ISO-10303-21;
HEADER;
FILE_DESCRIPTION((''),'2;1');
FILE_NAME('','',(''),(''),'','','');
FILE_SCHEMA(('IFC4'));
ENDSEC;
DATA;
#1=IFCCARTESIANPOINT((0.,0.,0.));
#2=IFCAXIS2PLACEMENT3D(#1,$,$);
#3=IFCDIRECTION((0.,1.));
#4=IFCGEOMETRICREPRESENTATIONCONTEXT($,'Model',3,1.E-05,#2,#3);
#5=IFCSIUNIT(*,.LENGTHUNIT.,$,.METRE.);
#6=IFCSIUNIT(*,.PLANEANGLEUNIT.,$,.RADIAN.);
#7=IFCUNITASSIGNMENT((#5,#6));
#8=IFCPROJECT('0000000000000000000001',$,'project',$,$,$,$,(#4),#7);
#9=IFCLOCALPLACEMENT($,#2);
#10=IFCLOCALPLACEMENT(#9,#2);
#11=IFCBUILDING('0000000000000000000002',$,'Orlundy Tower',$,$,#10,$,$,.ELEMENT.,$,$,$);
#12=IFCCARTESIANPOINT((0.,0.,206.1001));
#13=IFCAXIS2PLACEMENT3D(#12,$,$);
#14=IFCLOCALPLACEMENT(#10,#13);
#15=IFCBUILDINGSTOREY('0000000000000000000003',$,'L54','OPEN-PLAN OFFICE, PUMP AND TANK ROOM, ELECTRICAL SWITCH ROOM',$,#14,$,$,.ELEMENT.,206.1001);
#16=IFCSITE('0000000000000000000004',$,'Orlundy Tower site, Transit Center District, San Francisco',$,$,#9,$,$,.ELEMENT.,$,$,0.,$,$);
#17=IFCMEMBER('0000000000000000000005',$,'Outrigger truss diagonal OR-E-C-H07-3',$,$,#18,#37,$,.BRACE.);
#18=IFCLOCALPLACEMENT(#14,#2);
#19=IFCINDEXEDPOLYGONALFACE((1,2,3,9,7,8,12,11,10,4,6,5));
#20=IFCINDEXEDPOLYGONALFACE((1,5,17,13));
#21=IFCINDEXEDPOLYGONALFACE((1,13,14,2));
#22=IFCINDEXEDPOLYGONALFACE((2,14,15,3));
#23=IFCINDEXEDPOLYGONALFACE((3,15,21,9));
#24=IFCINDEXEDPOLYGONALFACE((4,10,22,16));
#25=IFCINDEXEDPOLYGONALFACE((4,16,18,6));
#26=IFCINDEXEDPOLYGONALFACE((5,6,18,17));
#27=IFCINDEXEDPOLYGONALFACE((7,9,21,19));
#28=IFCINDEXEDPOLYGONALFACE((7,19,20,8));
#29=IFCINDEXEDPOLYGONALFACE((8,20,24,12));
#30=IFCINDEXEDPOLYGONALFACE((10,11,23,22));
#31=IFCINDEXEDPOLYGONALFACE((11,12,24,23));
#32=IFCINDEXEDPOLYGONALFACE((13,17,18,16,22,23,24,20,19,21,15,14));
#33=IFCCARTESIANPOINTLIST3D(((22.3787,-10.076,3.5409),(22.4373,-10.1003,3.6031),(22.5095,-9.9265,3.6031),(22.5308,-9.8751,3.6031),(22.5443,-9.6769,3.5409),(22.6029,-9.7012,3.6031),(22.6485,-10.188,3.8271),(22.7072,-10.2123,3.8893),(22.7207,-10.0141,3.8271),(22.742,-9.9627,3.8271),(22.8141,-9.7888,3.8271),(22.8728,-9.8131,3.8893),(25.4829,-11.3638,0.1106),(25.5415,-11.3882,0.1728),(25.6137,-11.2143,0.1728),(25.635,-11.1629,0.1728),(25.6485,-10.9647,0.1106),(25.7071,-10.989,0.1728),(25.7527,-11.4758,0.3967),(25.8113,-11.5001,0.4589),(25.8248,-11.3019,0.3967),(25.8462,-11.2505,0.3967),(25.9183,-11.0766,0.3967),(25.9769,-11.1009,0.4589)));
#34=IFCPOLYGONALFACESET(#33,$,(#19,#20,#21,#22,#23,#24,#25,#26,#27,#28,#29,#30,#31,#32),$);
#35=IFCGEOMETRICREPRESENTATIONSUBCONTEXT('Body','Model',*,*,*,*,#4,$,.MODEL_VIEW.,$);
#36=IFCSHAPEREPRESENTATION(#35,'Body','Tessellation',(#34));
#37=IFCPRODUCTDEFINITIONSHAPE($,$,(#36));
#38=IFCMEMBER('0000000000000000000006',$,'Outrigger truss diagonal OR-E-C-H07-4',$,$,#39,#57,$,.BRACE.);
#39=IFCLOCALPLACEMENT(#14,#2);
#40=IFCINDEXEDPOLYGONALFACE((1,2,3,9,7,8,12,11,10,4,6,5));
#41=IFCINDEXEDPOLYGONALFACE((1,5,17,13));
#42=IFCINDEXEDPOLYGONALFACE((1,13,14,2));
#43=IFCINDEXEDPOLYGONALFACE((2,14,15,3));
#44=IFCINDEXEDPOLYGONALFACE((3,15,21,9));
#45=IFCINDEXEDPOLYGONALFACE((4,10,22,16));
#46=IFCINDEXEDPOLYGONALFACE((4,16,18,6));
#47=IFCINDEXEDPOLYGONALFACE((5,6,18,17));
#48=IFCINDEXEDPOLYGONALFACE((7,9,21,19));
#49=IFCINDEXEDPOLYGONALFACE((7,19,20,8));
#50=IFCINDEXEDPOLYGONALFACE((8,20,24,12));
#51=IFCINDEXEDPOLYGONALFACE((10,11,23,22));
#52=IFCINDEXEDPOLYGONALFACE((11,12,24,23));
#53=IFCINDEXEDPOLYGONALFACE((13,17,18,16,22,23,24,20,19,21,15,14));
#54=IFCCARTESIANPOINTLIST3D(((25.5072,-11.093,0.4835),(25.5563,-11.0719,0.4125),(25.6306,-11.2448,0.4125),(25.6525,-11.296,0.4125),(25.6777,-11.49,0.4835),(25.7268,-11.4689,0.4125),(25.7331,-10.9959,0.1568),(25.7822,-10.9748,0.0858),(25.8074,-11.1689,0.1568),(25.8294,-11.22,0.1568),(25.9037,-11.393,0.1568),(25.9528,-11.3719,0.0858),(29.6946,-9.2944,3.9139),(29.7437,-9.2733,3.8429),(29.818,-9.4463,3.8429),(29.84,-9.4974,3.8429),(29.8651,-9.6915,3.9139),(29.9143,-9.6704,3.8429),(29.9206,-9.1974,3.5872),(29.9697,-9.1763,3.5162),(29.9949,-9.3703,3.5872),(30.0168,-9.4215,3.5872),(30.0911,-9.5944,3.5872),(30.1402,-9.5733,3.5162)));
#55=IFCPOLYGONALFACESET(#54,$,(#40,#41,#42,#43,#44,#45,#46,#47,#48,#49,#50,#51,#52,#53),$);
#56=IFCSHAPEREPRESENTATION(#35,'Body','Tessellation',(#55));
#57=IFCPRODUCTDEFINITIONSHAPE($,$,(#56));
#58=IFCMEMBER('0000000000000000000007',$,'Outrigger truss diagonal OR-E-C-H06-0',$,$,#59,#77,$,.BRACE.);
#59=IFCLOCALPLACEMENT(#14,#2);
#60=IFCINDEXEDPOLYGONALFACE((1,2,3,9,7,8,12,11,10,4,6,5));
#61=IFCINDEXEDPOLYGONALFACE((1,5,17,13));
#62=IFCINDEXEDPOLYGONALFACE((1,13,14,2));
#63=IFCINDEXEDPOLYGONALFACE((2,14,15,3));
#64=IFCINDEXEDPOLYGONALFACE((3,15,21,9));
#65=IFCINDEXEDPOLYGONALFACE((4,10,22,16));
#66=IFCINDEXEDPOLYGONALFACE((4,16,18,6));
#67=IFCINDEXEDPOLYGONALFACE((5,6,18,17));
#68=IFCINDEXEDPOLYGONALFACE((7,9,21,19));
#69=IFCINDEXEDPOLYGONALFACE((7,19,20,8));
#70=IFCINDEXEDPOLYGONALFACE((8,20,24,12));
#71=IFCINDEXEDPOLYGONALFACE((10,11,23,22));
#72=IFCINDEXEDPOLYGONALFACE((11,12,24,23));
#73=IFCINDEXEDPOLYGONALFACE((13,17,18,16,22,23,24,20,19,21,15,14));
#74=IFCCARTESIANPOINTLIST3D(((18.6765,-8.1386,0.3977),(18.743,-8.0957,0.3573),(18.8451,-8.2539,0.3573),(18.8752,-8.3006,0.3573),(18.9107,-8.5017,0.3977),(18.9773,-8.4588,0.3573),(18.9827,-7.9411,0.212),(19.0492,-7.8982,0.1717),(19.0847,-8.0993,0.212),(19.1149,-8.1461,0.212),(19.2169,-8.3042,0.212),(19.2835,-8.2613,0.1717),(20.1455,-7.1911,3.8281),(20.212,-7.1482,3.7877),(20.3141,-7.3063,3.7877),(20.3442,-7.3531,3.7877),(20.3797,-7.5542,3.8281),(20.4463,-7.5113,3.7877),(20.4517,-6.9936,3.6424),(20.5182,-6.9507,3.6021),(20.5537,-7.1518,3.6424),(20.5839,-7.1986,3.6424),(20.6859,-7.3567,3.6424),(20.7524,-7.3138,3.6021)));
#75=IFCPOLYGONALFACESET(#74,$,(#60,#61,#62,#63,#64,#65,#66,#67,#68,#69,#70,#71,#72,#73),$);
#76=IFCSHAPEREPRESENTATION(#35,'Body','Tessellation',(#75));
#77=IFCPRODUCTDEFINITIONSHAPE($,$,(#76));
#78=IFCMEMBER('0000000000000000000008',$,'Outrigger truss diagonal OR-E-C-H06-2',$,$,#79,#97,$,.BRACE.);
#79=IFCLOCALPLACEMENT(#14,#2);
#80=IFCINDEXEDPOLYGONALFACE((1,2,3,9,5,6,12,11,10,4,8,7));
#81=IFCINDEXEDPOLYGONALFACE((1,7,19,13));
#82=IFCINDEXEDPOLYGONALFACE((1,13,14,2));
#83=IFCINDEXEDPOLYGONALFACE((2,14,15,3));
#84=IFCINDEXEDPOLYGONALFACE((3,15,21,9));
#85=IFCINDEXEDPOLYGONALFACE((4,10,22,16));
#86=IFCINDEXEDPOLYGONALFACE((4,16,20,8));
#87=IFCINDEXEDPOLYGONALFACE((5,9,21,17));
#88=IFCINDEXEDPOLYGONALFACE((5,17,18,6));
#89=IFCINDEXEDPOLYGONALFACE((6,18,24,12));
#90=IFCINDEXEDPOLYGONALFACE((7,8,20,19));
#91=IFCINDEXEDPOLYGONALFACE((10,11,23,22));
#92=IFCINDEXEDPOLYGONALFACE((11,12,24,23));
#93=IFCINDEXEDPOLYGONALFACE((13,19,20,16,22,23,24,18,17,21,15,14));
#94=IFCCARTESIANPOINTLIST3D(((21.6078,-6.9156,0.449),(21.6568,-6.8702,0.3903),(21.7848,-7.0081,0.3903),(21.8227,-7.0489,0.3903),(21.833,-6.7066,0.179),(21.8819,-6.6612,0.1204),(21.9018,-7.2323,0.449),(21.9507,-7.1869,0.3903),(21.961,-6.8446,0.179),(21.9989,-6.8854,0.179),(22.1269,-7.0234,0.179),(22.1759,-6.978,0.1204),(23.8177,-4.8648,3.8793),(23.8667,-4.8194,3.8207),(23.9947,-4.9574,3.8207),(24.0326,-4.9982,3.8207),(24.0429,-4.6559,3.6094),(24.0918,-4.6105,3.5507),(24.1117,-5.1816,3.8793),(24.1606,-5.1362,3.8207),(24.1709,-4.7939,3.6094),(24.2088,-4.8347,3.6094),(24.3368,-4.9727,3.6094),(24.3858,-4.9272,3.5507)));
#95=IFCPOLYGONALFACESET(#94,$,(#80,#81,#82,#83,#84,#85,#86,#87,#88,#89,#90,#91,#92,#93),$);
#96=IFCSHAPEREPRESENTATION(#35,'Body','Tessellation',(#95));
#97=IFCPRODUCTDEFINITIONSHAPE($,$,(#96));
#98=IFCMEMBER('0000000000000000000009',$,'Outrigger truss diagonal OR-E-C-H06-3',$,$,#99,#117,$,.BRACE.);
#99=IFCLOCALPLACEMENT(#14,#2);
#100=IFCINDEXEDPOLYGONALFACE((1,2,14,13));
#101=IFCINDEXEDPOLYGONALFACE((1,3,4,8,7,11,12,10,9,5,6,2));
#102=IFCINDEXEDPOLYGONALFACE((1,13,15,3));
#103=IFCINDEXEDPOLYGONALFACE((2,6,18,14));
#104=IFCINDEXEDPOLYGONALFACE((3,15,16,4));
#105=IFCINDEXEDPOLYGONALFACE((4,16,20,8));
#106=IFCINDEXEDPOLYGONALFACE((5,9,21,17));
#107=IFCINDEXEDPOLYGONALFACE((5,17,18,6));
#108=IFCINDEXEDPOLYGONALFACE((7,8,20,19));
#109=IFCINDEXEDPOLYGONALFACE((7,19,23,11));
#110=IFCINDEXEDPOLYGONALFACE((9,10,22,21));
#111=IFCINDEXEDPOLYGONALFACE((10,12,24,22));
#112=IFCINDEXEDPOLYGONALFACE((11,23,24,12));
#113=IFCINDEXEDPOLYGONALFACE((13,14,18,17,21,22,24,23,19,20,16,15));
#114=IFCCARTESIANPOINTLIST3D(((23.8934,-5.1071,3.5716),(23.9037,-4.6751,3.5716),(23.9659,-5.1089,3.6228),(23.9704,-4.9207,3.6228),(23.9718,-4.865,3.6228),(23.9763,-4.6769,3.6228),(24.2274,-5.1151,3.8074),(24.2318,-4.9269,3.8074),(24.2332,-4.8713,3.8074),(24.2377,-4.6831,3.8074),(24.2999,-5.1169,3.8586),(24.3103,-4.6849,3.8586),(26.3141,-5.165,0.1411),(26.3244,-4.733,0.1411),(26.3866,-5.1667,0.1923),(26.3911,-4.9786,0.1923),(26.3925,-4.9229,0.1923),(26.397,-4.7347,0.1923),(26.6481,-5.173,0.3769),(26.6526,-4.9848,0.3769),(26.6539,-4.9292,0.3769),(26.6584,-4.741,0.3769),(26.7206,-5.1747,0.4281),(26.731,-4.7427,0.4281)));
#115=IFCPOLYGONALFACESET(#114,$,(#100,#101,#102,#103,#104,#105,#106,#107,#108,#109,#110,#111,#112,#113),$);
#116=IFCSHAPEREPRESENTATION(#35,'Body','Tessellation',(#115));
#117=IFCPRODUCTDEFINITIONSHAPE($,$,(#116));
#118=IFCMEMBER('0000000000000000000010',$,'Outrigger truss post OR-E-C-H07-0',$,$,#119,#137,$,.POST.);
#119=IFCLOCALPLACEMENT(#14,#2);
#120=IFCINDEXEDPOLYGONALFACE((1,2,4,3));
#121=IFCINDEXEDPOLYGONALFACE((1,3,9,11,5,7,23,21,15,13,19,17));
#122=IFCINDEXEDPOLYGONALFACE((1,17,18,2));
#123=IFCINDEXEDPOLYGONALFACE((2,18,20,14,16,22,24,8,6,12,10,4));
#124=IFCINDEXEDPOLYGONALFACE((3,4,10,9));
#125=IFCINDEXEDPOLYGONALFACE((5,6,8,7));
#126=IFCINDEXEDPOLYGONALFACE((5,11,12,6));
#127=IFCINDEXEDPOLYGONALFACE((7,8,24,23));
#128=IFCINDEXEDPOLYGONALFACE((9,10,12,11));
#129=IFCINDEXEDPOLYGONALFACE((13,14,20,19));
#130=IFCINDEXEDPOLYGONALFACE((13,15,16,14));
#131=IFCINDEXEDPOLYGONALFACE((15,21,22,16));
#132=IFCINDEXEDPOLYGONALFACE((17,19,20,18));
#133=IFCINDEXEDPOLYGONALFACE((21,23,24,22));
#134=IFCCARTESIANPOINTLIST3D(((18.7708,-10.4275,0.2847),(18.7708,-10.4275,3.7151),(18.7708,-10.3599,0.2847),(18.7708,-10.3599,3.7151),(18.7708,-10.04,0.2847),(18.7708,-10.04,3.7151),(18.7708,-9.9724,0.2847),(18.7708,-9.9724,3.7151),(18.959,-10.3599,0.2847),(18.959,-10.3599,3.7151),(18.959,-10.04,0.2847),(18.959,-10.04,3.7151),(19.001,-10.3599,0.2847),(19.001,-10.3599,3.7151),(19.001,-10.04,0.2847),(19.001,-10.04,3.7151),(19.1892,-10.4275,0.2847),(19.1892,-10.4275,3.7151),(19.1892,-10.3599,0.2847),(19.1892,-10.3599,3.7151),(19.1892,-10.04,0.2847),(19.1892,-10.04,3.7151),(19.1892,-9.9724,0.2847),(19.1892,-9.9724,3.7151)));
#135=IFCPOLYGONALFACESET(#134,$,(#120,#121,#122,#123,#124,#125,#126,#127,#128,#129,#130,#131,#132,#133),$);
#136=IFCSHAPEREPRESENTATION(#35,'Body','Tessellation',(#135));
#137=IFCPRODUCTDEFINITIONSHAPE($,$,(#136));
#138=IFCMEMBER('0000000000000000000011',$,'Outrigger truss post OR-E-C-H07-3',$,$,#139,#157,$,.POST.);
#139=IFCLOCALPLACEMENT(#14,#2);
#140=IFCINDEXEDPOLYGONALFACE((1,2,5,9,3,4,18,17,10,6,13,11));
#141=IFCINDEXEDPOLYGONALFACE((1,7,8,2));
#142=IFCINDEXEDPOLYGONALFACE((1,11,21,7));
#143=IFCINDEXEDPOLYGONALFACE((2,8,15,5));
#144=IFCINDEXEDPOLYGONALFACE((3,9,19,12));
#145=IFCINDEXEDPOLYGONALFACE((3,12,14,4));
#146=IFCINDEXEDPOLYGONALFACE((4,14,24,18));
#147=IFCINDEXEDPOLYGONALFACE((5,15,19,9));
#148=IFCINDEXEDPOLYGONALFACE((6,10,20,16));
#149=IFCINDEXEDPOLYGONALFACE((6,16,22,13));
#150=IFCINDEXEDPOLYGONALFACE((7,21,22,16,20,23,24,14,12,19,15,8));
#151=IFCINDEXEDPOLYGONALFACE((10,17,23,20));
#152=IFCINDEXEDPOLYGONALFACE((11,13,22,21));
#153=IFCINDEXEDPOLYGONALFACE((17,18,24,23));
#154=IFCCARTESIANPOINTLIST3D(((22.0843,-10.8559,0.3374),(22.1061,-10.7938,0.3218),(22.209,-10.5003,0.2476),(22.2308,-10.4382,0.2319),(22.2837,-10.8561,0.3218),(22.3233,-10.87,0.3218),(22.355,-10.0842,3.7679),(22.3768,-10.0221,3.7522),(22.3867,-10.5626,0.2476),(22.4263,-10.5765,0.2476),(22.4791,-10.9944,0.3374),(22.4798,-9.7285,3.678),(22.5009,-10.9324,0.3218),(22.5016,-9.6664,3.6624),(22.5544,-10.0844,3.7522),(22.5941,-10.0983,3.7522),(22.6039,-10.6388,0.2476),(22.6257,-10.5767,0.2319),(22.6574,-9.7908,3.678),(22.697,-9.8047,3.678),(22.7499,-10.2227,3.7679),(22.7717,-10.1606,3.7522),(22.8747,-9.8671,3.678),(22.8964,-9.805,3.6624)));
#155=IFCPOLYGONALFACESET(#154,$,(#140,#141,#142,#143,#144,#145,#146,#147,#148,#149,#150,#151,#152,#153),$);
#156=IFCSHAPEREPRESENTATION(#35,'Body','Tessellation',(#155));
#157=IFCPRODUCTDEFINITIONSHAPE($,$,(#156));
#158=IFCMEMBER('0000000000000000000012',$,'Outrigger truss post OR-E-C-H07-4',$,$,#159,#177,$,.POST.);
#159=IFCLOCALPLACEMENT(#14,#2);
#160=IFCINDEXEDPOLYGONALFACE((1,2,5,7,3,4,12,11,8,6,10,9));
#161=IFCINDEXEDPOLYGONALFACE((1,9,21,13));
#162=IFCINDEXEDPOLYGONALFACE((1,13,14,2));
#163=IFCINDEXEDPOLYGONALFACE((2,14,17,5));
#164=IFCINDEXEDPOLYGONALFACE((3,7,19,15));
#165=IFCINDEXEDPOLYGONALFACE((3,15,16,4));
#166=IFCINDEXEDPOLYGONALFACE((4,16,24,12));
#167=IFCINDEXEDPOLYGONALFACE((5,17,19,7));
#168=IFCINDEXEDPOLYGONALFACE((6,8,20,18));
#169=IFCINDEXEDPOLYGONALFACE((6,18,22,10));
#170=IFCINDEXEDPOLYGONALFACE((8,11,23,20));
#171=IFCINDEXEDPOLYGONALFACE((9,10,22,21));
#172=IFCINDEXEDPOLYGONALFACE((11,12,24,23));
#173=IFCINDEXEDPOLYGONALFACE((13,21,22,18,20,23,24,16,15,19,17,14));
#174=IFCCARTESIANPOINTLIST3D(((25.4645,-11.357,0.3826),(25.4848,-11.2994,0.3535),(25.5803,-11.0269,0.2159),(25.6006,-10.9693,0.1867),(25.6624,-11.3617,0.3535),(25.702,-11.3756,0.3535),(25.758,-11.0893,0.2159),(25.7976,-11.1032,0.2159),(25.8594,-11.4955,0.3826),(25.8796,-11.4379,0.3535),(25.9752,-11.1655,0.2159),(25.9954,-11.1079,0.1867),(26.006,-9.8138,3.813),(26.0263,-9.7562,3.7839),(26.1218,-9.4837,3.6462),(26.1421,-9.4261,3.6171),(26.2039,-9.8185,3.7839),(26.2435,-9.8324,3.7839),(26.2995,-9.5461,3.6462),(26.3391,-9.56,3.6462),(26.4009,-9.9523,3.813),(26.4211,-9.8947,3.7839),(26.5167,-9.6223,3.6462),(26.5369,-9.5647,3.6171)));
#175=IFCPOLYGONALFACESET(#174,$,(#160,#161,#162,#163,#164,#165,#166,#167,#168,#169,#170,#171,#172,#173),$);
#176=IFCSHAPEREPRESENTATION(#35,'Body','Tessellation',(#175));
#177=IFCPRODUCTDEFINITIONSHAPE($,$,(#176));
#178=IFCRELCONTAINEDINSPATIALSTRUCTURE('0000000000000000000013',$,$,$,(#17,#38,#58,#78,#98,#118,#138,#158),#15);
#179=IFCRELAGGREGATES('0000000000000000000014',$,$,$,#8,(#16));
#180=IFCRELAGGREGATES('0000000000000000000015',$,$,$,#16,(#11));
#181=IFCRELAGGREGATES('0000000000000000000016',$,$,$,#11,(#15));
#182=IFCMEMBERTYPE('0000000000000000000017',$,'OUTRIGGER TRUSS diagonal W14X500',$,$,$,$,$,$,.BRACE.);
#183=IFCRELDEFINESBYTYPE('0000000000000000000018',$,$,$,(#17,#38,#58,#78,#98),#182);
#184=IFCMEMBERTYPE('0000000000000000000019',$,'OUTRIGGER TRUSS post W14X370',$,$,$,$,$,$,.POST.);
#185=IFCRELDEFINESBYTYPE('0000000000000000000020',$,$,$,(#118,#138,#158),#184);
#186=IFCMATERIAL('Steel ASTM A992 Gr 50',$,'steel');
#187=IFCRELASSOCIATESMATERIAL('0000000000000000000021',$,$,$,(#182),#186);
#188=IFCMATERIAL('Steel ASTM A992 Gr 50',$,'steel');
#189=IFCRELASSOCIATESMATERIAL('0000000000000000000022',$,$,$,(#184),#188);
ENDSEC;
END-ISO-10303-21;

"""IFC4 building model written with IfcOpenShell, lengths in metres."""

from ifc_helpers import new_model, si_unit, direction, frame, origin, origin_2d, place, context, subcontext, project, spatial, i_section, extrude, material, material_profile, profile_set, type_object, element, save


model = new_model("IFC4")

# Units and contexts
model_context = context("Model", 3, precision=1e-05, world=origin(), true_north=direction((0.0, 1.0)))
body_context = subcontext(model_context, "Body", "Model", "MODEL_VIEW")
ifc_project = project(units=[si_unit("LENGTHUNIT", "METRE"), si_unit("PLANEANGLEUNIT", "RADIAN")], contexts=[model_context])

# Site, building, storey
site_placement = place(None, origin())
site = spatial("IfcSite", under=ifc_project, at=site_placement, Name="Orlundy Tower site, Transit Center District, San Francisco", CompositionType="ELEMENT", RefElevation=0.0)
building_placement = place(site_placement, origin())
building = spatial("IfcBuilding", under=site, at=building_placement, Name="Orlundy Tower", CompositionType="ELEMENT")
storey_placement = place(building_placement, frame((0.0, 0.0, 206.1001)))
storey = spatial("IfcBuildingStorey", under=building, at=storey_placement, Name="L54", Description="OPEN-PLAN OFFICE, PUMP AND TANK ROOM, ELECTRICAL SWITCH ROOM", CompositionType="ELEMENT", Elevation=206.1001)

# Members
ifc_material_1 = material(Name="Steel ASTM A992 Gr 50", Category="steel")
ifc_material_profile_1 = material_profile(ifc_material_1, i_section(OverallWidth=0.4321, OverallDepth=0.4978, WebThickness=0.0557, FlangeThickness=0.0889, at=origin_2d()), Name="W14X500")
ifc_profile_set_1 = profile_set([ifc_material_profile_1], Name="Steel ASTM A992 Gr 50")
member_type_1 = type_object("IfcMemberType", Name="OUTRIGGER TRUSS diagonal W14X500", PredefinedType="BRACE", material=ifc_profile_set_1)
member_1_placement = place(storey_placement, frame((22.6257, -9.9446, 3.7151), z_axis=(0.6464, -0.268168, -0.714319), x_axis=(0.383196, 0.923667, 0.0)))
element("IfcMember", 1, at=member_1_placement, inside=storey, type_object=member_type_1, Name="Outrigger truss diagonal OR-E-C-H07-3", PredefinedType="BRACE", context=body_context, shape_type="SweptSolid", body=[
    extrude(i_section(OverallWidth=0.4321, OverallDepth=0.4978, WebThickness=0.0557, FlangeThickness=0.0889, at=origin_2d()), origin(), (0.0, 0.0, 1.0), 4.8022),
])
member_2_placement = place(storey_placement, frame((25.73, -11.2324, 0.2847), z_axis=(0.734109, 0.315309, 0.601385), x_axis=(-0.39465, 0.918832, 0.0)))
element("IfcMember", 2, at=member_2_placement, inside=storey, type_object=member_type_1, Name="Outrigger truss diagonal OR-E-C-H07-4", PredefinedType="BRACE", context=body_context, shape_type="SweptSolid", body=[
    extrude(i_section(OverallWidth=0.4321, OverallDepth=0.4978, WebThickness=0.0557, FlangeThickness=0.0889, at=origin_2d()), origin(), (0.0, 0.0, 1.0), 5.7041),
])
member_3_placement = place(storey_placement, frame((18.98, -8.2, 0.2847), z_axis=(0.381544, 0.246098, 0.890988), x_axis=(-0.542035, 0.840356, 0.0)))
element("IfcMember", 3, at=member_3_placement, inside=storey, type_object=member_type_1, Name="Outrigger truss diagonal OR-E-C-H06-0", PredefinedType="BRACE", context=body_context, shape_type="SweptSolid", body=[
    extrude(i_section(OverallWidth=0.4321, OverallDepth=0.4978, WebThickness=0.0557, FlangeThickness=0.0889, at=origin_2d()), origin(), (0.0, 0.0, 1.0), 3.8501),
])
member_4_placement = place(storey_placement, frame((21.8918, -6.9468, 0.2847), z_axis=(0.483899, 0.449044, 0.751133), x_axis=(-0.680215, 0.733013, 0.0)))
element("IfcMember", 4, at=member_4_placement, inside=storey, type_object=member_type_1, Name="Outrigger truss diagonal OR-E-C-H06-2", PredefinedType="BRACE", context=body_context, shape_type="SweptSolid", body=[
    extrude(i_section(OverallWidth=0.4321, OverallDepth=0.4978, WebThickness=0.0557, FlangeThickness=0.0889, at=origin_2d()), origin(), (0.0, 0.0, 1.0), 4.5669),
])
member_5_placement = place(storey_placement, frame((24.1018, -4.896, 3.7151), z_axis=(0.576498, -0.01378, -0.816982), x_axis=(0.023896, 0.999714, 0.0)))
element("IfcMember", 5, at=member_5_placement, inside=storey, type_object=member_type_1, Name="Outrigger truss diagonal OR-E-C-H06-3", PredefinedType="BRACE", context=body_context, shape_type="SweptSolid", body=[
    extrude(i_section(OverallWidth=0.4321, OverallDepth=0.4978, WebThickness=0.0557, FlangeThickness=0.0889, at=origin_2d()), origin(), (0.0, 0.0, 1.0), 4.199),
])
ifc_material_2 = material(Name="Steel ASTM A992 Gr 50", Category="steel")
ifc_material_profile_2 = material_profile(ifc_material_2, i_section(OverallWidth=0.4185, OverallDepth=0.4551, WebThickness=0.042, FlangeThickness=0.0676, at=origin_2d()), Name="W14X370")
ifc_profile_set_2 = profile_set([ifc_material_profile_2], Name="Steel ASTM A992 Gr 50")
member_type_2 = type_object("IfcMemberType", Name="OUTRIGGER TRUSS post W14X370", PredefinedType="POST", material=ifc_profile_set_2)
member_6_placement = place(storey_placement, frame((18.98, -10.2, 0.2847), z_axis=(0.0, 0.0, 1.0), x_axis=(1.0, 0.0, 0.0)))
element("IfcMember", 6, at=member_6_placement, inside=storey, type_object=member_type_2, Name="Outrigger truss post OR-E-C-H07-0", PredefinedType="POST", context=body_context, shape_type="SweptSolid", body=[
    extrude(i_section(OverallWidth=0.4185, OverallDepth=0.4551, WebThickness=0.042, FlangeThickness=0.0676, at=origin_2d()), origin(), (0.0, 0.0, 1.0), 3.4304),
])
member_7_placement = place(storey_placement, frame((22.355, -10.7163, 0.2847), z_axis=(0.076775, 0.218833, 0.972737), x_axis=(-0.943611, 0.331055, 0.0)))
element("IfcMember", 7, at=member_7_placement, inside=storey, type_object=member_type_2, Name="Outrigger truss post OR-E-C-H07-3", PredefinedType="POST", context=body_context, shape_type="SweptSolid", body=[
    extrude(i_section(OverallWidth=0.4185, OverallDepth=0.4551, WebThickness=0.042, FlangeThickness=0.0676, at=origin_2d()), origin(), (0.0, 0.0, 1.0), 3.5266),
])
member_8_placement = place(storey_placement, frame((25.73, -11.2324, 0.2847), z_axis=(0.142489, 0.406073, 0.902664), x_axis=(-0.943595, 0.331102, 0.0)))
element("IfcMember", 8, at=member_8_placement, inside=storey, type_object=member_type_2, Name="Outrigger truss post OR-E-C-H07-4", PredefinedType="POST", context=body_context, shape_type="SweptSolid", body=[
    extrude(i_section(OverallWidth=0.4185, OverallDepth=0.4551, WebThickness=0.042, FlangeThickness=0.0676, at=origin_2d()), origin(), (0.0, 0.0, 1.0), 3.8003),
])

save(model, "model.ifc")
